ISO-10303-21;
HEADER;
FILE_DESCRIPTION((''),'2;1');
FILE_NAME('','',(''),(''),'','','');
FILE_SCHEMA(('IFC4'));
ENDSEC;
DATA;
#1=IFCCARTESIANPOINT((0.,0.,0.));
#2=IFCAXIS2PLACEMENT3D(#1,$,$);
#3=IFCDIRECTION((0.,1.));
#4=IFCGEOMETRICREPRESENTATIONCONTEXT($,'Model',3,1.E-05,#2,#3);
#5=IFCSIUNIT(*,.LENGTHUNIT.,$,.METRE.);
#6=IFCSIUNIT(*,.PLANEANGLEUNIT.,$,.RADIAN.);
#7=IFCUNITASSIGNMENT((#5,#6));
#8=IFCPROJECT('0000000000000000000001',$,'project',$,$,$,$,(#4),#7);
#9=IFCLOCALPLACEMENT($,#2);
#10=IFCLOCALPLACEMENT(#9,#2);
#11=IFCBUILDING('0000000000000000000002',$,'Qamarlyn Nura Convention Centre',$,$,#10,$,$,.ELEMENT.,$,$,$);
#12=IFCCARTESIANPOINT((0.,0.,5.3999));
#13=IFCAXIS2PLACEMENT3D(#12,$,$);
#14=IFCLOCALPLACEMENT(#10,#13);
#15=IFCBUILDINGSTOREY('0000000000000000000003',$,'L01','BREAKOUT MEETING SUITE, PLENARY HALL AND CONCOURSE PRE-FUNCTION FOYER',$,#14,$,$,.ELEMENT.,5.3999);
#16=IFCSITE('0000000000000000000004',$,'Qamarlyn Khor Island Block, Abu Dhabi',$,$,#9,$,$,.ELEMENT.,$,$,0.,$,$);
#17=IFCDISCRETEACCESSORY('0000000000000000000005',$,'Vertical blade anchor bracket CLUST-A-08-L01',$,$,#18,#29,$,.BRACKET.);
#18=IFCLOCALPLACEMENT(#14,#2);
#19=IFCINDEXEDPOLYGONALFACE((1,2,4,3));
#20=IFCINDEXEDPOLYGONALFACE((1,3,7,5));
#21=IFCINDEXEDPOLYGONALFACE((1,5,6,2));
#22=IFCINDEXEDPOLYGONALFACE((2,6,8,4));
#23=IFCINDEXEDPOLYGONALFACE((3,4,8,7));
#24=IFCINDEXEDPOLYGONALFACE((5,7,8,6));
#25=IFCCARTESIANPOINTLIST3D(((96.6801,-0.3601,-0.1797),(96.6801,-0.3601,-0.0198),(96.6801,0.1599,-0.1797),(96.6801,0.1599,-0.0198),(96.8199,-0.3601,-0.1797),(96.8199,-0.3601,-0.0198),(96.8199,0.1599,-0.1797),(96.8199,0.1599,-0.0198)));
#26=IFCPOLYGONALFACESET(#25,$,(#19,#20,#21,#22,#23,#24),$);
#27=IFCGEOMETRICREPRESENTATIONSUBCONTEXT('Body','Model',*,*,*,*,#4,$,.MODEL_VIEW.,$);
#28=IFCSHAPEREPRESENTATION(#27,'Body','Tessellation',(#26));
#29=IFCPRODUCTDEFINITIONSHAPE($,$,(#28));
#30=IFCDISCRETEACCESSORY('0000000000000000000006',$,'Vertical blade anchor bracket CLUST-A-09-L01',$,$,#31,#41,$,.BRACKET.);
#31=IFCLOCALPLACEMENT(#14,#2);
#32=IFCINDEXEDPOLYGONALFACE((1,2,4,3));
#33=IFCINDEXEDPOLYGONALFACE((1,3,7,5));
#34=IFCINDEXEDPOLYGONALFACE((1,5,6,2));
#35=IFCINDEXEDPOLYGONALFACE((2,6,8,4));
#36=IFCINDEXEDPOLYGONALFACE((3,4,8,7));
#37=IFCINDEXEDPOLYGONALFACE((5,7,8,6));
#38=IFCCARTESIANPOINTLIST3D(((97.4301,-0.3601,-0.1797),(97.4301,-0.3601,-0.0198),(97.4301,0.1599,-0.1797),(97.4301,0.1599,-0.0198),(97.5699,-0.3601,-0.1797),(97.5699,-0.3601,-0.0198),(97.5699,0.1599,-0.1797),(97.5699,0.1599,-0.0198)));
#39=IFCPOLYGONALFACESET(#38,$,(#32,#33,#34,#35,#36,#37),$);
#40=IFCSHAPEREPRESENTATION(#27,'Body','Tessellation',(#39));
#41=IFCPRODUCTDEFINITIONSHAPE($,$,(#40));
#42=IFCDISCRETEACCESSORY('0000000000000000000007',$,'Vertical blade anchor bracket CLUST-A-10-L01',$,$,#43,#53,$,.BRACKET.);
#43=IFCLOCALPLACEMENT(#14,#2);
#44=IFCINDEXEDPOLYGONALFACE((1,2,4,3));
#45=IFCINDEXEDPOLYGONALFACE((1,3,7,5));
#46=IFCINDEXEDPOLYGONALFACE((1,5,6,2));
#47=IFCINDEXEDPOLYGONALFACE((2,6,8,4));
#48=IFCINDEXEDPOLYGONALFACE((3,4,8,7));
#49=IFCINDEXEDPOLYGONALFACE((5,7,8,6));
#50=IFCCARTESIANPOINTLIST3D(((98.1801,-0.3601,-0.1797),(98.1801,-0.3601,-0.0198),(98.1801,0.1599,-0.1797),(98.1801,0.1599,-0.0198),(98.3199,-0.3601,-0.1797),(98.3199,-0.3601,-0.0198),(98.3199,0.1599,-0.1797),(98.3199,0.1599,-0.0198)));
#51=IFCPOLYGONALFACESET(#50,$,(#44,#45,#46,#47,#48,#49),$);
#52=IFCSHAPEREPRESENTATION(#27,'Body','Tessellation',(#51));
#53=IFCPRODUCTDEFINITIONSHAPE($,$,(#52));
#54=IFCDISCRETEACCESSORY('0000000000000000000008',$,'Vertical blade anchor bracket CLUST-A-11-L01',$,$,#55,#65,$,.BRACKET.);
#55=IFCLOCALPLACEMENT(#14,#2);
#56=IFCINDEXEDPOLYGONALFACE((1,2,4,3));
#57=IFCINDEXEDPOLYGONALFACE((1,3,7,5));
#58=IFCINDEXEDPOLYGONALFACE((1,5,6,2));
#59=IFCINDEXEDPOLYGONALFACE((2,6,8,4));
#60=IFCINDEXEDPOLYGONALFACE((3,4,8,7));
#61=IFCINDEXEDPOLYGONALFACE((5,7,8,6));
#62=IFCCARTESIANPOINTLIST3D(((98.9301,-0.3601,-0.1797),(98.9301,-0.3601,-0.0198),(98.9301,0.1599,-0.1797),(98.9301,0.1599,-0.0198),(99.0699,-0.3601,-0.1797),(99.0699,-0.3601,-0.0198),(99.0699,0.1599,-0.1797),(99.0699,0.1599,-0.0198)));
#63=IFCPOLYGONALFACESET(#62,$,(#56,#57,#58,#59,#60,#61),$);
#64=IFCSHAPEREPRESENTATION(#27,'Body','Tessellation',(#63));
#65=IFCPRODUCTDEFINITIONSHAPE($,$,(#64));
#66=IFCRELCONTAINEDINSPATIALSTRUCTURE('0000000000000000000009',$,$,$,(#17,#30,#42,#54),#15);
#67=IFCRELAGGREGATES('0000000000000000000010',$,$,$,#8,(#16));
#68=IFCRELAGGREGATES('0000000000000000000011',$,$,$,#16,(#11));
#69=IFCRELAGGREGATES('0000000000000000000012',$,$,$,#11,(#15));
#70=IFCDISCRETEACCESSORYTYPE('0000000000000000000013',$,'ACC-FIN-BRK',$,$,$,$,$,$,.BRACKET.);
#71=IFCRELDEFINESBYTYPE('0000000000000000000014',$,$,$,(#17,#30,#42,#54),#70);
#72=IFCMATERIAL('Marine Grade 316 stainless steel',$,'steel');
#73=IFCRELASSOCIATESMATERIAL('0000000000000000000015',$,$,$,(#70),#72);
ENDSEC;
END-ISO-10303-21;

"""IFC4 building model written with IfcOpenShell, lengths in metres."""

from ifc_helpers import new_model, si_unit, direction, frame, origin, origin_2d, place, context, subcontext, project, spatial, rectangle, extrude, material, type_object, element, save


model = new_model("IFC4")

# Units and contexts
model_context = context("Model", 3, precision=1e-05, world=origin(), true_north=direction((0.0, 1.0)))
body_context = subcontext(model_context, "Body", "Model", "MODEL_VIEW")
ifc_project = project(units=[si_unit("LENGTHUNIT", "METRE"), si_unit("PLANEANGLEUNIT", "RADIAN")], contexts=[model_context])

# Site, building, storey
site_placement = place(None, origin())
site = spatial("IfcSite", under=ifc_project, at=site_placement, Name="Qamarlyn Khor Island Block, Abu Dhabi", CompositionType="ELEMENT", RefElevation=0.0)
building_placement = place(site_placement, origin())
building = spatial("IfcBuilding", under=site, at=building_placement, Name="Qamarlyn Nura Convention Centre", CompositionType="ELEMENT")
storey_placement = place(building_placement, frame((0.0, 0.0, 5.3999)))
storey = spatial("IfcBuildingStorey", under=building, at=storey_placement, Name="L01", Description="BREAKOUT MEETING SUITE, PLENARY HALL AND CONCOURSE PRE-FUNCTION FOYER", CompositionType="ELEMENT", Elevation=5.3999)

# Shared definitions
ifc_material_1 = material(Name="Marine Grade 316 stainless steel", Category="steel")

# Discrete accessories
discrete_accessory_type = type_object("IfcDiscreteAccessoryType", Name="ACC-FIN-BRK", PredefinedType="BRACKET", material=ifc_material_1)
for number, where, z_axis, x_axis, name in (
    (1, (96.75, -0.1001, -0.1797), (0.0, 0.0, 1.0), (0.0, -1.0, 0.0), "Vertical blade anchor bracket CLUST-A-08-L01"),
    (2, (97.5, -0.1001, -0.1797), (0.0, 0.0, 1.0), (0.0, -1.0, 0.0), "Vertical blade anchor bracket CLUST-A-09-L01"),
    (3, (98.25, -0.1001, -0.1797), (0.0, 0.0, 1.0), (0.0, -1.0, 0.0), "Vertical blade anchor bracket CLUST-A-10-L01"),
    (4, (99.0, -0.1001, -0.1797), (0.0, 0.0, 1.0), (0.0, -1.0, 0.0), "Vertical blade anchor bracket CLUST-A-11-L01"),
):
    element("IfcDiscreteAccessory", number, at=place(storey_placement, frame(where, z_axis=z_axis, x_axis=x_axis)), inside=storey, type_object=discrete_accessory_type, Name=name, PredefinedType="BRACKET", context=body_context, shape_type="SweptSolid", body=[
        extrude(rectangle(XDim=0.52, YDim=0.1399, at=origin_2d()), origin(), (0.0, 0.0, 1.0), 0.1599),
    ])

save(model, "model.ifc")
